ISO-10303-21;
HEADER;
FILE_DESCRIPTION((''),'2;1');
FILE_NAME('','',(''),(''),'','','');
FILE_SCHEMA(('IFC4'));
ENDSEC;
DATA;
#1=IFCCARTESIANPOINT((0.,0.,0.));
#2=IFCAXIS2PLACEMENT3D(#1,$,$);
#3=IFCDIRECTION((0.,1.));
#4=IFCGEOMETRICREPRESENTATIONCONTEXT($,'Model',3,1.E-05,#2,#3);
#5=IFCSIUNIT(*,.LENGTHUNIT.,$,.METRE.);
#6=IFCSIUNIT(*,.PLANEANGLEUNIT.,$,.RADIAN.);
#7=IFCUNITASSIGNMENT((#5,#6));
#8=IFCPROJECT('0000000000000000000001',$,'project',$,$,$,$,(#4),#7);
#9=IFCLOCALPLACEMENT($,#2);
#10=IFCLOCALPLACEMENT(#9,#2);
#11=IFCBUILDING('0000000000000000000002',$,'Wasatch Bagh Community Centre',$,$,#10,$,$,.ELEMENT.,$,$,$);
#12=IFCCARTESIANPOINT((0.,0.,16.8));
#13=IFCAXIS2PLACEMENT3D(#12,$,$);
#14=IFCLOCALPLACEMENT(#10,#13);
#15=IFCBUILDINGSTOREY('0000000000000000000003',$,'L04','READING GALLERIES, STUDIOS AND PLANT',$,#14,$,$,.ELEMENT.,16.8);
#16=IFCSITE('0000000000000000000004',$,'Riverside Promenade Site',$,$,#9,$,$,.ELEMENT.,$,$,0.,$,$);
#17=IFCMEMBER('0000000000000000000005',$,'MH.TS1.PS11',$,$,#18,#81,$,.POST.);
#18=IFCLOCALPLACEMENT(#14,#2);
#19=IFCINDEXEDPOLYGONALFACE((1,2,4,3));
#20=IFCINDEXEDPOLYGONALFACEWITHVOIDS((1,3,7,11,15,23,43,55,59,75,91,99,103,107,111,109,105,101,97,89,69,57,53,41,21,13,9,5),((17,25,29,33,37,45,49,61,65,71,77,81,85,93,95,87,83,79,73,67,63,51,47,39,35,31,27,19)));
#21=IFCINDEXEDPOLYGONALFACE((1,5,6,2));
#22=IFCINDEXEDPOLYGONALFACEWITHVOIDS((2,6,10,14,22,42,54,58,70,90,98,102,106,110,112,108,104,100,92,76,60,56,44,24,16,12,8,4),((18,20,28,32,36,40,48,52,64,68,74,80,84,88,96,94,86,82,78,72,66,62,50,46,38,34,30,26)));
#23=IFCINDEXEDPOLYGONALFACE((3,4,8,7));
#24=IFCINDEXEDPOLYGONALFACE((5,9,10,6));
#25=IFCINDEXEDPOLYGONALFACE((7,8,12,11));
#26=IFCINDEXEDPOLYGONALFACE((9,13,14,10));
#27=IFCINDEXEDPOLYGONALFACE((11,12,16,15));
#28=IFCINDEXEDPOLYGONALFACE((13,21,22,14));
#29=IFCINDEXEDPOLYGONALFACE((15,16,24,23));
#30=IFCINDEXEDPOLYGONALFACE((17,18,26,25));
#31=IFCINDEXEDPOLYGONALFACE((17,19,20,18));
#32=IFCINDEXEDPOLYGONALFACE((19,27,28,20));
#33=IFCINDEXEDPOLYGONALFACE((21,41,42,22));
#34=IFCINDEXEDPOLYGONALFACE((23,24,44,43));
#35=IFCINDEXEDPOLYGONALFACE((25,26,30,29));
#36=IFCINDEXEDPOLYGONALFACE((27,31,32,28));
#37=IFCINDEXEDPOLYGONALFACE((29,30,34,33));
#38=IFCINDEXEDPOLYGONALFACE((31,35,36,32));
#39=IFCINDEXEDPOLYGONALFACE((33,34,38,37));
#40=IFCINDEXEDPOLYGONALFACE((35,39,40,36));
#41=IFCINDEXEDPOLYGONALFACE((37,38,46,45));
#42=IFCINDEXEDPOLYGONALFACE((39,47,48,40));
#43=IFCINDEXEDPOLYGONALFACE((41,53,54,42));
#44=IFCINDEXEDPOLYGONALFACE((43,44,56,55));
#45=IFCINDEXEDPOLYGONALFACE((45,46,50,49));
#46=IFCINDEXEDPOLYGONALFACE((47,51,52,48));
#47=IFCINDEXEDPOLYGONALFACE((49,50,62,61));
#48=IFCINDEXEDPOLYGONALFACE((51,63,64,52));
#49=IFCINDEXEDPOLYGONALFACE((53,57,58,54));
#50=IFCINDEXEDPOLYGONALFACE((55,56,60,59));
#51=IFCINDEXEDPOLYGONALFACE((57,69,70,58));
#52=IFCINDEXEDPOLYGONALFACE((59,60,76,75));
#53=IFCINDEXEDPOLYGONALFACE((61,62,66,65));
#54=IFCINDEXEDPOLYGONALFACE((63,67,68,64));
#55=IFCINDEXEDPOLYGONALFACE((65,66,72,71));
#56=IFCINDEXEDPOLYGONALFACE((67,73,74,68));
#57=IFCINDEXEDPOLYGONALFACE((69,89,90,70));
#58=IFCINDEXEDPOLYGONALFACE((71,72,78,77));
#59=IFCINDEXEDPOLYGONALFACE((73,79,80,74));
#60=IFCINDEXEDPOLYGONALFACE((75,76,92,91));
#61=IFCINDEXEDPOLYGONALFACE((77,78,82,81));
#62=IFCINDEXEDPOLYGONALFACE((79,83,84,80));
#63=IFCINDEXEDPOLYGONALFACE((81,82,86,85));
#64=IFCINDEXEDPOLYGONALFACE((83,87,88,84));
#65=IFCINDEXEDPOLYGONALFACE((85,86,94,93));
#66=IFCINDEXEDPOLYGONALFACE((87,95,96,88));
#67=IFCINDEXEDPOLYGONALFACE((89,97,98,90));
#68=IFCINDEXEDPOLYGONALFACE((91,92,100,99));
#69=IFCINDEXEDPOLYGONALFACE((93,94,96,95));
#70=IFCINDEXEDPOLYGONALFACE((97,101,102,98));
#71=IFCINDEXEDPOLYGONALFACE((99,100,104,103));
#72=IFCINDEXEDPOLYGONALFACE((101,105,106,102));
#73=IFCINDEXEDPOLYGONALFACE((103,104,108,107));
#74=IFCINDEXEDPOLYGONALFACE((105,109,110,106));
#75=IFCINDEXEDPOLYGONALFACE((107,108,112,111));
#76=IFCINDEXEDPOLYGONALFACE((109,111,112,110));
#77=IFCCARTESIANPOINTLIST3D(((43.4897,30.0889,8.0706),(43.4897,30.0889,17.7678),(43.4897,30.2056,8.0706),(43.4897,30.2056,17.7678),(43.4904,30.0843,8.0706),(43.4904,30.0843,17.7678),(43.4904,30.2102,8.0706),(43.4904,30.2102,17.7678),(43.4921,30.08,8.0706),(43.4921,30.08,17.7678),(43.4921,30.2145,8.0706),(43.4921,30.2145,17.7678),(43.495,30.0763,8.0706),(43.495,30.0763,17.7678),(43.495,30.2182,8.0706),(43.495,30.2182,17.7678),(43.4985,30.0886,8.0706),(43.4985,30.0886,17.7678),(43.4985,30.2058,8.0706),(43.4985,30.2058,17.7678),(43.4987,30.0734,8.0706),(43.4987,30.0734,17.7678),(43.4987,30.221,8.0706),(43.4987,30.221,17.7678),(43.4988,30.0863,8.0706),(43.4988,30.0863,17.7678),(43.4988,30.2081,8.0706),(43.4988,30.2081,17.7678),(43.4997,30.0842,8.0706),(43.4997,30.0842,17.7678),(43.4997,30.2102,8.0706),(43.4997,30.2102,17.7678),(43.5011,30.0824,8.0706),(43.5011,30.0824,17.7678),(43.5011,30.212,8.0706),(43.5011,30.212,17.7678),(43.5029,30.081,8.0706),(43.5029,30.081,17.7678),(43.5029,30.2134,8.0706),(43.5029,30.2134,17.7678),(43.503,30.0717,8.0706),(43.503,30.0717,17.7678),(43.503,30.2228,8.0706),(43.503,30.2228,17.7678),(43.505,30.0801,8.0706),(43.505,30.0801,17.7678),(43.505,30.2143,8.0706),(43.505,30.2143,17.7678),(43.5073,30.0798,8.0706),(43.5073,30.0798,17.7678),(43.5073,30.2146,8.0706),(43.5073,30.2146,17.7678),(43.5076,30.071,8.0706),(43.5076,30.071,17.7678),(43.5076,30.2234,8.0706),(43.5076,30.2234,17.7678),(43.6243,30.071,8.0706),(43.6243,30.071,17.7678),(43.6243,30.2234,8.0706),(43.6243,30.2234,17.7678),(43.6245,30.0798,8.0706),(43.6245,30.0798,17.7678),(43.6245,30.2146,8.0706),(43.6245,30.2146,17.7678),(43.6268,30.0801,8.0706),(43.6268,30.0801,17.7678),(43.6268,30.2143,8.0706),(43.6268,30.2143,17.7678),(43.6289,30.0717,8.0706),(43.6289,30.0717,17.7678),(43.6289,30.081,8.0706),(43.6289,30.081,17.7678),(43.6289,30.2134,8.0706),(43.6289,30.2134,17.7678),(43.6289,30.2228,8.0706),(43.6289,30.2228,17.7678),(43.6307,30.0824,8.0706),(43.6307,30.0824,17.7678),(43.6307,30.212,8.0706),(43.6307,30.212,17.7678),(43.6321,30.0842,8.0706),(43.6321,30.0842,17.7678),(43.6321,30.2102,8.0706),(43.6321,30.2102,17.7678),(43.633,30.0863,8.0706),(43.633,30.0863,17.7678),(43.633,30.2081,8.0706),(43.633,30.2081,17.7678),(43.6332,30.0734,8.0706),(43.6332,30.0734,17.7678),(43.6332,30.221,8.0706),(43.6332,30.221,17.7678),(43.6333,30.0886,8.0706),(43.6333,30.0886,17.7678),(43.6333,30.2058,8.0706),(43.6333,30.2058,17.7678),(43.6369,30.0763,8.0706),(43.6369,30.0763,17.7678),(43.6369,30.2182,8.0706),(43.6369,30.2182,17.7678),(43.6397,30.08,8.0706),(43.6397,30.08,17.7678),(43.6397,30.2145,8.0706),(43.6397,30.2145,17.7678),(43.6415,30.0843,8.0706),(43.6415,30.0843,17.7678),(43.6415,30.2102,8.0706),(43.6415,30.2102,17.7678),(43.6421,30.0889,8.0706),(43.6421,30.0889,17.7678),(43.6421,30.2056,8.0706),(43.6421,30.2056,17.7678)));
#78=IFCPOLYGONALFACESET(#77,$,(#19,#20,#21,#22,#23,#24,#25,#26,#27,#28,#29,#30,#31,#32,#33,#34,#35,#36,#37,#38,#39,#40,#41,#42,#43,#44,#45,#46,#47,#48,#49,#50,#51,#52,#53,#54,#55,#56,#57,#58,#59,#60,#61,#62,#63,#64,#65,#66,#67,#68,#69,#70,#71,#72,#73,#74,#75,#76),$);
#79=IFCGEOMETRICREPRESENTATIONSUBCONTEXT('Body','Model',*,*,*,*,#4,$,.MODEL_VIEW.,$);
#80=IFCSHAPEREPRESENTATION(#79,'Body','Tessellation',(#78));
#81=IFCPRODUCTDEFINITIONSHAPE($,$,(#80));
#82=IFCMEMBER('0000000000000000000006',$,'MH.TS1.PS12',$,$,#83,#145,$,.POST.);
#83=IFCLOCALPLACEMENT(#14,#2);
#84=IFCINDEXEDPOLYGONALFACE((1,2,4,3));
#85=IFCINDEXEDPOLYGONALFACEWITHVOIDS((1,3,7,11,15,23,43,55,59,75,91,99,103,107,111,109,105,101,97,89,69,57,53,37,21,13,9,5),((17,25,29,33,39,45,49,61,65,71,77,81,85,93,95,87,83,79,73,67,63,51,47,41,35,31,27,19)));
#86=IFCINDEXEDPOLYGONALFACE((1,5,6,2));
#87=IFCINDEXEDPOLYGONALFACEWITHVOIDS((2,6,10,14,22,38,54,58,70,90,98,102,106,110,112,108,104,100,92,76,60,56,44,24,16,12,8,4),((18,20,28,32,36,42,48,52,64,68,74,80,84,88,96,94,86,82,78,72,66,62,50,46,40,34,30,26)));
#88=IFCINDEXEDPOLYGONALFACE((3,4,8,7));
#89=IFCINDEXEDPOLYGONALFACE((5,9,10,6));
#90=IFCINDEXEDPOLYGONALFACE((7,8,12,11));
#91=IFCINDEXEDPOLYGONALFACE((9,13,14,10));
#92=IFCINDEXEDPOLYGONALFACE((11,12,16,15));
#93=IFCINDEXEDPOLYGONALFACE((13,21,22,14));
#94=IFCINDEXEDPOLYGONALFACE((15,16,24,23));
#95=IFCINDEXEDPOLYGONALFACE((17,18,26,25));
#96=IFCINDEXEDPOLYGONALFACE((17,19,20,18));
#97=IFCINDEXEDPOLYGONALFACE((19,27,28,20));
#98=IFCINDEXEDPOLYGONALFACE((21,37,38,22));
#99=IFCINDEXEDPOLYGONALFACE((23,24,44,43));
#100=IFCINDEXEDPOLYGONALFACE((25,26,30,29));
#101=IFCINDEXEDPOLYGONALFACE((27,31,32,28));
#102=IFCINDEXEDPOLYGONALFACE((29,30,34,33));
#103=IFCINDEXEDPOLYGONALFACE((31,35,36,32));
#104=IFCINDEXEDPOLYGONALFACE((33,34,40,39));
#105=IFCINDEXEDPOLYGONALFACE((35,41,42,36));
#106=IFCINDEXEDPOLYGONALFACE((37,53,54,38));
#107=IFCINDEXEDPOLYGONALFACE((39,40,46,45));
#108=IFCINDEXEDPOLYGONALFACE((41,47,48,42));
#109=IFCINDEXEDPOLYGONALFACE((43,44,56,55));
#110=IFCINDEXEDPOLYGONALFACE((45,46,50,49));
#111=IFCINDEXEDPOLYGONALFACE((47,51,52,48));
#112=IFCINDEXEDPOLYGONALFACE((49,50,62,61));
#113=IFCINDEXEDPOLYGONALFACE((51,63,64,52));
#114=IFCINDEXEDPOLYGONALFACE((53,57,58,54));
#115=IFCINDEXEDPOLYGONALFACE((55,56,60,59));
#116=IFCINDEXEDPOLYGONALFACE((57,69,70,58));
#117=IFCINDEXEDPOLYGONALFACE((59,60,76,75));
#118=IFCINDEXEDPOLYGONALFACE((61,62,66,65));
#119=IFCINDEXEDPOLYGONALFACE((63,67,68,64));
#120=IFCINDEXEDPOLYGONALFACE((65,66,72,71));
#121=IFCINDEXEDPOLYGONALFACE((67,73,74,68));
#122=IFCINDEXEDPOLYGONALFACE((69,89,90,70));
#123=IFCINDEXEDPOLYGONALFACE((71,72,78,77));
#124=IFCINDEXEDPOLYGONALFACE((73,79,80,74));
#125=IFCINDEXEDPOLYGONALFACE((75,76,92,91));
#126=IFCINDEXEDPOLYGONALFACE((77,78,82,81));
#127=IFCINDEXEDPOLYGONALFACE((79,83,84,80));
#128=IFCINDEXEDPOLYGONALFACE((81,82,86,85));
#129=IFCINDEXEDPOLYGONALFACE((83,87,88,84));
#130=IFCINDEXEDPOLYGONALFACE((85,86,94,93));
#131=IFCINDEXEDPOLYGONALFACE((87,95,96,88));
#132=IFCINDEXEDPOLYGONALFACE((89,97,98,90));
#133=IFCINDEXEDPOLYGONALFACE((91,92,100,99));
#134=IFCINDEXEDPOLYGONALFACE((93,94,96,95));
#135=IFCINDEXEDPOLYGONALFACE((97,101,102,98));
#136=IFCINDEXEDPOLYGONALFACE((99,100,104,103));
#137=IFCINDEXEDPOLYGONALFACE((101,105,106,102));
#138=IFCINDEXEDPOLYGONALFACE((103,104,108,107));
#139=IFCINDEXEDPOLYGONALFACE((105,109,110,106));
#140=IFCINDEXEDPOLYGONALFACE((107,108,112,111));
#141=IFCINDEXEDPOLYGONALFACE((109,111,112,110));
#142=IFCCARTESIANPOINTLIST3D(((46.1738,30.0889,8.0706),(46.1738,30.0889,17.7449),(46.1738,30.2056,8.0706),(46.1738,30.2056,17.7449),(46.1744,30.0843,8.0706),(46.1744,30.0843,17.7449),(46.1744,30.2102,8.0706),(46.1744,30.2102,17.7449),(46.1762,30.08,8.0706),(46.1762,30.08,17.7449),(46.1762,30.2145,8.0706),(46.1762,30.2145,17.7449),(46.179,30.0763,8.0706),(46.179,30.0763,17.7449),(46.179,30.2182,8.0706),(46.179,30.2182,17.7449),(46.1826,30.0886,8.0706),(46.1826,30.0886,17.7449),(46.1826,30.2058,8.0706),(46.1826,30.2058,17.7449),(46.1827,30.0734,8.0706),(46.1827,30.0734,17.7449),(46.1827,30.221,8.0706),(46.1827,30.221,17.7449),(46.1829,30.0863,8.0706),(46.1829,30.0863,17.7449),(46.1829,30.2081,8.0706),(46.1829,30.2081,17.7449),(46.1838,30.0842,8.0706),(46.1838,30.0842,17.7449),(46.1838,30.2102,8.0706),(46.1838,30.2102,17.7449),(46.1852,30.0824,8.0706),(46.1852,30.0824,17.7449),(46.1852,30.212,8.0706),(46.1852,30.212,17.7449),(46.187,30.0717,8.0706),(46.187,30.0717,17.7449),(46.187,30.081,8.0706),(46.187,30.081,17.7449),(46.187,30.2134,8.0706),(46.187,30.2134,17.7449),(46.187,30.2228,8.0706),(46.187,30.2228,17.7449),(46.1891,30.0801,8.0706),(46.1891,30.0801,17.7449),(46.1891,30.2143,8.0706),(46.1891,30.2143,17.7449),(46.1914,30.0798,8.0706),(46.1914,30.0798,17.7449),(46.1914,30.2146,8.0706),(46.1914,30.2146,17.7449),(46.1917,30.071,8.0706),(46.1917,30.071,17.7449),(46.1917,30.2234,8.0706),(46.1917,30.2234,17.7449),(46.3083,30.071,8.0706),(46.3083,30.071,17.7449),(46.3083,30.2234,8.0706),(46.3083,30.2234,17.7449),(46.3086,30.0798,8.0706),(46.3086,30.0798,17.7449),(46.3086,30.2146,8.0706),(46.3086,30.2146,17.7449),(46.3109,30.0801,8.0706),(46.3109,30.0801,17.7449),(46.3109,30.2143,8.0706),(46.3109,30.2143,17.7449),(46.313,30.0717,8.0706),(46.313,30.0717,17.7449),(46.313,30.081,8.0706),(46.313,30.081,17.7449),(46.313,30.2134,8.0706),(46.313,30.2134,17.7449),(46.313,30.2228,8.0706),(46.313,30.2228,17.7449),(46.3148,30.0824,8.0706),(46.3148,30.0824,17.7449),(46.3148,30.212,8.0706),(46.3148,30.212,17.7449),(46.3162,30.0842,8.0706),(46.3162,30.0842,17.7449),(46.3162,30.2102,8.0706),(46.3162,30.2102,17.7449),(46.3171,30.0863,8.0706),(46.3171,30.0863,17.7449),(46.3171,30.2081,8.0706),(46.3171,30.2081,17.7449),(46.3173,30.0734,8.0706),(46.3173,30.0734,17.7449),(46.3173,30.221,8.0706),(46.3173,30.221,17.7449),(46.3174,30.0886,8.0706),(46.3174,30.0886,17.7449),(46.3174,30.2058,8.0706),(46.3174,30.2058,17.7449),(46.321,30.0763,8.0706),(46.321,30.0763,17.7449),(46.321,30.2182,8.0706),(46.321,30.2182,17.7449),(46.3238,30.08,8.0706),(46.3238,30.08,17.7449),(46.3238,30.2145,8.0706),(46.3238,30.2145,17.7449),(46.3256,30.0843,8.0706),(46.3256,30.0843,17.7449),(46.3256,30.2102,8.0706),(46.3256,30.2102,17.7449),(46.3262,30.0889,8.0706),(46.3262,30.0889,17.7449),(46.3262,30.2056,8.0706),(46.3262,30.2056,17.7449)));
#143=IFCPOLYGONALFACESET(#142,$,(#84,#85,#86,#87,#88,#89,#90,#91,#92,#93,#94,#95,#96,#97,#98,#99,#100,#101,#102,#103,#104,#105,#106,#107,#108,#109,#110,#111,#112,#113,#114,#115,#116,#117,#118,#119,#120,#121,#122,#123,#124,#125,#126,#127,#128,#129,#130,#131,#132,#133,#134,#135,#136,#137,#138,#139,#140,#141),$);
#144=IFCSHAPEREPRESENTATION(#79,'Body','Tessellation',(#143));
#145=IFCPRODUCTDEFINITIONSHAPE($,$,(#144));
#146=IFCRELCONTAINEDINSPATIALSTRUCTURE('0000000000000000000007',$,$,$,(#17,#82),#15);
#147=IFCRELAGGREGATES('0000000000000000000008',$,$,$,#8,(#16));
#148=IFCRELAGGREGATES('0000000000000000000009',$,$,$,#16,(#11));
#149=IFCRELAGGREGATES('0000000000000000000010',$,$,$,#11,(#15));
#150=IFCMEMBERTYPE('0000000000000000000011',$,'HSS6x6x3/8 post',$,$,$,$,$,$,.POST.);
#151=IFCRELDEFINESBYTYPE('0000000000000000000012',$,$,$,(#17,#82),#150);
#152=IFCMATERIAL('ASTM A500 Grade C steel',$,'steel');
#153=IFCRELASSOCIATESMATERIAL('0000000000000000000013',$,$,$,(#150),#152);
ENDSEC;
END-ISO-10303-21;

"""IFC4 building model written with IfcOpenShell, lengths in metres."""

from ifc_helpers import new_model, si_unit, direction, frame, origin, origin_2d, place, context, subcontext, project, spatial, hollow_rectangle, extrude, material, material_profile, profile_set, type_object, element, save


model = new_model("IFC4")

# Units and contexts
model_context = context("Model", 3, precision=1e-05, world=origin(), true_north=direction((0.0, 1.0)))
body_context = subcontext(model_context, "Body", "Model", "MODEL_VIEW")
ifc_project = project(units=[si_unit("LENGTHUNIT", "METRE"), si_unit("PLANEANGLEUNIT", "RADIAN")], contexts=[model_context])

# Site, building, storey
site_placement = place(None, origin())
site = spatial("IfcSite", under=ifc_project, at=site_placement, Name="Riverside Promenade Site", CompositionType="ELEMENT", RefElevation=0.0)
building_placement = place(site_placement, origin())
building = spatial("IfcBuilding", under=site, at=building_placement, Name="Wasatch Bagh Community Centre", CompositionType="ELEMENT")
storey_placement = place(building_placement, frame((0.0, 0.0, 16.8)))
storey = spatial("IfcBuildingStorey", under=building, at=storey_placement, Name="L04", Description="READING GALLERIES, STUDIOS AND PLANT", CompositionType="ELEMENT", Elevation=16.8)

# Members
ifc_material_1 = material(Name="ASTM A500 Grade C steel", Category="steel")
ifc_material_profile_1 = material_profile(ifc_material_1, hollow_rectangle(XDim=0.1523, YDim=0.1523, WallThickness=0.0088, InnerFilletRadius=0.0088, OuterFilletRadius=0.0178, at=origin_2d()), Name="HSS6x6x3/8")
ifc_profile_set_1 = profile_set([ifc_material_profile_1], Name="ASTM A500 Grade C steel")
member_type_1 = type_object("IfcMemberType", Name="HSS6x6x3/8 post", PredefinedType="POST", material=ifc_profile_set_1)
member_1_placement = place(storey_placement, frame((43.5659, 30.1472, 8.0706), z_axis=(0.0, 0.0, 1.0), x_axis=(1.0, 0.0, 0.0)))
element("IfcMember", 1, at=member_1_placement, inside=storey, type_object=member_type_1, Name="MH.TS1.PS11", PredefinedType="POST", context=body_context, shape_type="SweptSolid", body=[
    extrude(hollow_rectangle(XDim=0.1523, YDim=0.1523, WallThickness=0.0088, InnerFilletRadius=0.0088, OuterFilletRadius=0.0178, at=origin_2d()), origin(), (0.0, 0.0, 1.0), 9.6973),
])
member_2_placement = place(storey_placement, frame((46.25, 30.1472, 8.0706), z_axis=(0.0, 0.0, 1.0), x_axis=(1.0, 0.0, 0.0)))
element("IfcMember", 2, at=member_2_placement, inside=storey, type_object=member_type_1, Name="MH.TS1.PS12", PredefinedType="POST", context=body_context, shape_type="SweptSolid", body=[
    extrude(hollow_rectangle(XDim=0.1523, YDim=0.1523, WallThickness=0.0088, InnerFilletRadius=0.0088, OuterFilletRadius=0.0178, at=origin_2d()), origin(), (0.0, 0.0, 1.0), 9.6743),
])

save(model, "model.ifc")
